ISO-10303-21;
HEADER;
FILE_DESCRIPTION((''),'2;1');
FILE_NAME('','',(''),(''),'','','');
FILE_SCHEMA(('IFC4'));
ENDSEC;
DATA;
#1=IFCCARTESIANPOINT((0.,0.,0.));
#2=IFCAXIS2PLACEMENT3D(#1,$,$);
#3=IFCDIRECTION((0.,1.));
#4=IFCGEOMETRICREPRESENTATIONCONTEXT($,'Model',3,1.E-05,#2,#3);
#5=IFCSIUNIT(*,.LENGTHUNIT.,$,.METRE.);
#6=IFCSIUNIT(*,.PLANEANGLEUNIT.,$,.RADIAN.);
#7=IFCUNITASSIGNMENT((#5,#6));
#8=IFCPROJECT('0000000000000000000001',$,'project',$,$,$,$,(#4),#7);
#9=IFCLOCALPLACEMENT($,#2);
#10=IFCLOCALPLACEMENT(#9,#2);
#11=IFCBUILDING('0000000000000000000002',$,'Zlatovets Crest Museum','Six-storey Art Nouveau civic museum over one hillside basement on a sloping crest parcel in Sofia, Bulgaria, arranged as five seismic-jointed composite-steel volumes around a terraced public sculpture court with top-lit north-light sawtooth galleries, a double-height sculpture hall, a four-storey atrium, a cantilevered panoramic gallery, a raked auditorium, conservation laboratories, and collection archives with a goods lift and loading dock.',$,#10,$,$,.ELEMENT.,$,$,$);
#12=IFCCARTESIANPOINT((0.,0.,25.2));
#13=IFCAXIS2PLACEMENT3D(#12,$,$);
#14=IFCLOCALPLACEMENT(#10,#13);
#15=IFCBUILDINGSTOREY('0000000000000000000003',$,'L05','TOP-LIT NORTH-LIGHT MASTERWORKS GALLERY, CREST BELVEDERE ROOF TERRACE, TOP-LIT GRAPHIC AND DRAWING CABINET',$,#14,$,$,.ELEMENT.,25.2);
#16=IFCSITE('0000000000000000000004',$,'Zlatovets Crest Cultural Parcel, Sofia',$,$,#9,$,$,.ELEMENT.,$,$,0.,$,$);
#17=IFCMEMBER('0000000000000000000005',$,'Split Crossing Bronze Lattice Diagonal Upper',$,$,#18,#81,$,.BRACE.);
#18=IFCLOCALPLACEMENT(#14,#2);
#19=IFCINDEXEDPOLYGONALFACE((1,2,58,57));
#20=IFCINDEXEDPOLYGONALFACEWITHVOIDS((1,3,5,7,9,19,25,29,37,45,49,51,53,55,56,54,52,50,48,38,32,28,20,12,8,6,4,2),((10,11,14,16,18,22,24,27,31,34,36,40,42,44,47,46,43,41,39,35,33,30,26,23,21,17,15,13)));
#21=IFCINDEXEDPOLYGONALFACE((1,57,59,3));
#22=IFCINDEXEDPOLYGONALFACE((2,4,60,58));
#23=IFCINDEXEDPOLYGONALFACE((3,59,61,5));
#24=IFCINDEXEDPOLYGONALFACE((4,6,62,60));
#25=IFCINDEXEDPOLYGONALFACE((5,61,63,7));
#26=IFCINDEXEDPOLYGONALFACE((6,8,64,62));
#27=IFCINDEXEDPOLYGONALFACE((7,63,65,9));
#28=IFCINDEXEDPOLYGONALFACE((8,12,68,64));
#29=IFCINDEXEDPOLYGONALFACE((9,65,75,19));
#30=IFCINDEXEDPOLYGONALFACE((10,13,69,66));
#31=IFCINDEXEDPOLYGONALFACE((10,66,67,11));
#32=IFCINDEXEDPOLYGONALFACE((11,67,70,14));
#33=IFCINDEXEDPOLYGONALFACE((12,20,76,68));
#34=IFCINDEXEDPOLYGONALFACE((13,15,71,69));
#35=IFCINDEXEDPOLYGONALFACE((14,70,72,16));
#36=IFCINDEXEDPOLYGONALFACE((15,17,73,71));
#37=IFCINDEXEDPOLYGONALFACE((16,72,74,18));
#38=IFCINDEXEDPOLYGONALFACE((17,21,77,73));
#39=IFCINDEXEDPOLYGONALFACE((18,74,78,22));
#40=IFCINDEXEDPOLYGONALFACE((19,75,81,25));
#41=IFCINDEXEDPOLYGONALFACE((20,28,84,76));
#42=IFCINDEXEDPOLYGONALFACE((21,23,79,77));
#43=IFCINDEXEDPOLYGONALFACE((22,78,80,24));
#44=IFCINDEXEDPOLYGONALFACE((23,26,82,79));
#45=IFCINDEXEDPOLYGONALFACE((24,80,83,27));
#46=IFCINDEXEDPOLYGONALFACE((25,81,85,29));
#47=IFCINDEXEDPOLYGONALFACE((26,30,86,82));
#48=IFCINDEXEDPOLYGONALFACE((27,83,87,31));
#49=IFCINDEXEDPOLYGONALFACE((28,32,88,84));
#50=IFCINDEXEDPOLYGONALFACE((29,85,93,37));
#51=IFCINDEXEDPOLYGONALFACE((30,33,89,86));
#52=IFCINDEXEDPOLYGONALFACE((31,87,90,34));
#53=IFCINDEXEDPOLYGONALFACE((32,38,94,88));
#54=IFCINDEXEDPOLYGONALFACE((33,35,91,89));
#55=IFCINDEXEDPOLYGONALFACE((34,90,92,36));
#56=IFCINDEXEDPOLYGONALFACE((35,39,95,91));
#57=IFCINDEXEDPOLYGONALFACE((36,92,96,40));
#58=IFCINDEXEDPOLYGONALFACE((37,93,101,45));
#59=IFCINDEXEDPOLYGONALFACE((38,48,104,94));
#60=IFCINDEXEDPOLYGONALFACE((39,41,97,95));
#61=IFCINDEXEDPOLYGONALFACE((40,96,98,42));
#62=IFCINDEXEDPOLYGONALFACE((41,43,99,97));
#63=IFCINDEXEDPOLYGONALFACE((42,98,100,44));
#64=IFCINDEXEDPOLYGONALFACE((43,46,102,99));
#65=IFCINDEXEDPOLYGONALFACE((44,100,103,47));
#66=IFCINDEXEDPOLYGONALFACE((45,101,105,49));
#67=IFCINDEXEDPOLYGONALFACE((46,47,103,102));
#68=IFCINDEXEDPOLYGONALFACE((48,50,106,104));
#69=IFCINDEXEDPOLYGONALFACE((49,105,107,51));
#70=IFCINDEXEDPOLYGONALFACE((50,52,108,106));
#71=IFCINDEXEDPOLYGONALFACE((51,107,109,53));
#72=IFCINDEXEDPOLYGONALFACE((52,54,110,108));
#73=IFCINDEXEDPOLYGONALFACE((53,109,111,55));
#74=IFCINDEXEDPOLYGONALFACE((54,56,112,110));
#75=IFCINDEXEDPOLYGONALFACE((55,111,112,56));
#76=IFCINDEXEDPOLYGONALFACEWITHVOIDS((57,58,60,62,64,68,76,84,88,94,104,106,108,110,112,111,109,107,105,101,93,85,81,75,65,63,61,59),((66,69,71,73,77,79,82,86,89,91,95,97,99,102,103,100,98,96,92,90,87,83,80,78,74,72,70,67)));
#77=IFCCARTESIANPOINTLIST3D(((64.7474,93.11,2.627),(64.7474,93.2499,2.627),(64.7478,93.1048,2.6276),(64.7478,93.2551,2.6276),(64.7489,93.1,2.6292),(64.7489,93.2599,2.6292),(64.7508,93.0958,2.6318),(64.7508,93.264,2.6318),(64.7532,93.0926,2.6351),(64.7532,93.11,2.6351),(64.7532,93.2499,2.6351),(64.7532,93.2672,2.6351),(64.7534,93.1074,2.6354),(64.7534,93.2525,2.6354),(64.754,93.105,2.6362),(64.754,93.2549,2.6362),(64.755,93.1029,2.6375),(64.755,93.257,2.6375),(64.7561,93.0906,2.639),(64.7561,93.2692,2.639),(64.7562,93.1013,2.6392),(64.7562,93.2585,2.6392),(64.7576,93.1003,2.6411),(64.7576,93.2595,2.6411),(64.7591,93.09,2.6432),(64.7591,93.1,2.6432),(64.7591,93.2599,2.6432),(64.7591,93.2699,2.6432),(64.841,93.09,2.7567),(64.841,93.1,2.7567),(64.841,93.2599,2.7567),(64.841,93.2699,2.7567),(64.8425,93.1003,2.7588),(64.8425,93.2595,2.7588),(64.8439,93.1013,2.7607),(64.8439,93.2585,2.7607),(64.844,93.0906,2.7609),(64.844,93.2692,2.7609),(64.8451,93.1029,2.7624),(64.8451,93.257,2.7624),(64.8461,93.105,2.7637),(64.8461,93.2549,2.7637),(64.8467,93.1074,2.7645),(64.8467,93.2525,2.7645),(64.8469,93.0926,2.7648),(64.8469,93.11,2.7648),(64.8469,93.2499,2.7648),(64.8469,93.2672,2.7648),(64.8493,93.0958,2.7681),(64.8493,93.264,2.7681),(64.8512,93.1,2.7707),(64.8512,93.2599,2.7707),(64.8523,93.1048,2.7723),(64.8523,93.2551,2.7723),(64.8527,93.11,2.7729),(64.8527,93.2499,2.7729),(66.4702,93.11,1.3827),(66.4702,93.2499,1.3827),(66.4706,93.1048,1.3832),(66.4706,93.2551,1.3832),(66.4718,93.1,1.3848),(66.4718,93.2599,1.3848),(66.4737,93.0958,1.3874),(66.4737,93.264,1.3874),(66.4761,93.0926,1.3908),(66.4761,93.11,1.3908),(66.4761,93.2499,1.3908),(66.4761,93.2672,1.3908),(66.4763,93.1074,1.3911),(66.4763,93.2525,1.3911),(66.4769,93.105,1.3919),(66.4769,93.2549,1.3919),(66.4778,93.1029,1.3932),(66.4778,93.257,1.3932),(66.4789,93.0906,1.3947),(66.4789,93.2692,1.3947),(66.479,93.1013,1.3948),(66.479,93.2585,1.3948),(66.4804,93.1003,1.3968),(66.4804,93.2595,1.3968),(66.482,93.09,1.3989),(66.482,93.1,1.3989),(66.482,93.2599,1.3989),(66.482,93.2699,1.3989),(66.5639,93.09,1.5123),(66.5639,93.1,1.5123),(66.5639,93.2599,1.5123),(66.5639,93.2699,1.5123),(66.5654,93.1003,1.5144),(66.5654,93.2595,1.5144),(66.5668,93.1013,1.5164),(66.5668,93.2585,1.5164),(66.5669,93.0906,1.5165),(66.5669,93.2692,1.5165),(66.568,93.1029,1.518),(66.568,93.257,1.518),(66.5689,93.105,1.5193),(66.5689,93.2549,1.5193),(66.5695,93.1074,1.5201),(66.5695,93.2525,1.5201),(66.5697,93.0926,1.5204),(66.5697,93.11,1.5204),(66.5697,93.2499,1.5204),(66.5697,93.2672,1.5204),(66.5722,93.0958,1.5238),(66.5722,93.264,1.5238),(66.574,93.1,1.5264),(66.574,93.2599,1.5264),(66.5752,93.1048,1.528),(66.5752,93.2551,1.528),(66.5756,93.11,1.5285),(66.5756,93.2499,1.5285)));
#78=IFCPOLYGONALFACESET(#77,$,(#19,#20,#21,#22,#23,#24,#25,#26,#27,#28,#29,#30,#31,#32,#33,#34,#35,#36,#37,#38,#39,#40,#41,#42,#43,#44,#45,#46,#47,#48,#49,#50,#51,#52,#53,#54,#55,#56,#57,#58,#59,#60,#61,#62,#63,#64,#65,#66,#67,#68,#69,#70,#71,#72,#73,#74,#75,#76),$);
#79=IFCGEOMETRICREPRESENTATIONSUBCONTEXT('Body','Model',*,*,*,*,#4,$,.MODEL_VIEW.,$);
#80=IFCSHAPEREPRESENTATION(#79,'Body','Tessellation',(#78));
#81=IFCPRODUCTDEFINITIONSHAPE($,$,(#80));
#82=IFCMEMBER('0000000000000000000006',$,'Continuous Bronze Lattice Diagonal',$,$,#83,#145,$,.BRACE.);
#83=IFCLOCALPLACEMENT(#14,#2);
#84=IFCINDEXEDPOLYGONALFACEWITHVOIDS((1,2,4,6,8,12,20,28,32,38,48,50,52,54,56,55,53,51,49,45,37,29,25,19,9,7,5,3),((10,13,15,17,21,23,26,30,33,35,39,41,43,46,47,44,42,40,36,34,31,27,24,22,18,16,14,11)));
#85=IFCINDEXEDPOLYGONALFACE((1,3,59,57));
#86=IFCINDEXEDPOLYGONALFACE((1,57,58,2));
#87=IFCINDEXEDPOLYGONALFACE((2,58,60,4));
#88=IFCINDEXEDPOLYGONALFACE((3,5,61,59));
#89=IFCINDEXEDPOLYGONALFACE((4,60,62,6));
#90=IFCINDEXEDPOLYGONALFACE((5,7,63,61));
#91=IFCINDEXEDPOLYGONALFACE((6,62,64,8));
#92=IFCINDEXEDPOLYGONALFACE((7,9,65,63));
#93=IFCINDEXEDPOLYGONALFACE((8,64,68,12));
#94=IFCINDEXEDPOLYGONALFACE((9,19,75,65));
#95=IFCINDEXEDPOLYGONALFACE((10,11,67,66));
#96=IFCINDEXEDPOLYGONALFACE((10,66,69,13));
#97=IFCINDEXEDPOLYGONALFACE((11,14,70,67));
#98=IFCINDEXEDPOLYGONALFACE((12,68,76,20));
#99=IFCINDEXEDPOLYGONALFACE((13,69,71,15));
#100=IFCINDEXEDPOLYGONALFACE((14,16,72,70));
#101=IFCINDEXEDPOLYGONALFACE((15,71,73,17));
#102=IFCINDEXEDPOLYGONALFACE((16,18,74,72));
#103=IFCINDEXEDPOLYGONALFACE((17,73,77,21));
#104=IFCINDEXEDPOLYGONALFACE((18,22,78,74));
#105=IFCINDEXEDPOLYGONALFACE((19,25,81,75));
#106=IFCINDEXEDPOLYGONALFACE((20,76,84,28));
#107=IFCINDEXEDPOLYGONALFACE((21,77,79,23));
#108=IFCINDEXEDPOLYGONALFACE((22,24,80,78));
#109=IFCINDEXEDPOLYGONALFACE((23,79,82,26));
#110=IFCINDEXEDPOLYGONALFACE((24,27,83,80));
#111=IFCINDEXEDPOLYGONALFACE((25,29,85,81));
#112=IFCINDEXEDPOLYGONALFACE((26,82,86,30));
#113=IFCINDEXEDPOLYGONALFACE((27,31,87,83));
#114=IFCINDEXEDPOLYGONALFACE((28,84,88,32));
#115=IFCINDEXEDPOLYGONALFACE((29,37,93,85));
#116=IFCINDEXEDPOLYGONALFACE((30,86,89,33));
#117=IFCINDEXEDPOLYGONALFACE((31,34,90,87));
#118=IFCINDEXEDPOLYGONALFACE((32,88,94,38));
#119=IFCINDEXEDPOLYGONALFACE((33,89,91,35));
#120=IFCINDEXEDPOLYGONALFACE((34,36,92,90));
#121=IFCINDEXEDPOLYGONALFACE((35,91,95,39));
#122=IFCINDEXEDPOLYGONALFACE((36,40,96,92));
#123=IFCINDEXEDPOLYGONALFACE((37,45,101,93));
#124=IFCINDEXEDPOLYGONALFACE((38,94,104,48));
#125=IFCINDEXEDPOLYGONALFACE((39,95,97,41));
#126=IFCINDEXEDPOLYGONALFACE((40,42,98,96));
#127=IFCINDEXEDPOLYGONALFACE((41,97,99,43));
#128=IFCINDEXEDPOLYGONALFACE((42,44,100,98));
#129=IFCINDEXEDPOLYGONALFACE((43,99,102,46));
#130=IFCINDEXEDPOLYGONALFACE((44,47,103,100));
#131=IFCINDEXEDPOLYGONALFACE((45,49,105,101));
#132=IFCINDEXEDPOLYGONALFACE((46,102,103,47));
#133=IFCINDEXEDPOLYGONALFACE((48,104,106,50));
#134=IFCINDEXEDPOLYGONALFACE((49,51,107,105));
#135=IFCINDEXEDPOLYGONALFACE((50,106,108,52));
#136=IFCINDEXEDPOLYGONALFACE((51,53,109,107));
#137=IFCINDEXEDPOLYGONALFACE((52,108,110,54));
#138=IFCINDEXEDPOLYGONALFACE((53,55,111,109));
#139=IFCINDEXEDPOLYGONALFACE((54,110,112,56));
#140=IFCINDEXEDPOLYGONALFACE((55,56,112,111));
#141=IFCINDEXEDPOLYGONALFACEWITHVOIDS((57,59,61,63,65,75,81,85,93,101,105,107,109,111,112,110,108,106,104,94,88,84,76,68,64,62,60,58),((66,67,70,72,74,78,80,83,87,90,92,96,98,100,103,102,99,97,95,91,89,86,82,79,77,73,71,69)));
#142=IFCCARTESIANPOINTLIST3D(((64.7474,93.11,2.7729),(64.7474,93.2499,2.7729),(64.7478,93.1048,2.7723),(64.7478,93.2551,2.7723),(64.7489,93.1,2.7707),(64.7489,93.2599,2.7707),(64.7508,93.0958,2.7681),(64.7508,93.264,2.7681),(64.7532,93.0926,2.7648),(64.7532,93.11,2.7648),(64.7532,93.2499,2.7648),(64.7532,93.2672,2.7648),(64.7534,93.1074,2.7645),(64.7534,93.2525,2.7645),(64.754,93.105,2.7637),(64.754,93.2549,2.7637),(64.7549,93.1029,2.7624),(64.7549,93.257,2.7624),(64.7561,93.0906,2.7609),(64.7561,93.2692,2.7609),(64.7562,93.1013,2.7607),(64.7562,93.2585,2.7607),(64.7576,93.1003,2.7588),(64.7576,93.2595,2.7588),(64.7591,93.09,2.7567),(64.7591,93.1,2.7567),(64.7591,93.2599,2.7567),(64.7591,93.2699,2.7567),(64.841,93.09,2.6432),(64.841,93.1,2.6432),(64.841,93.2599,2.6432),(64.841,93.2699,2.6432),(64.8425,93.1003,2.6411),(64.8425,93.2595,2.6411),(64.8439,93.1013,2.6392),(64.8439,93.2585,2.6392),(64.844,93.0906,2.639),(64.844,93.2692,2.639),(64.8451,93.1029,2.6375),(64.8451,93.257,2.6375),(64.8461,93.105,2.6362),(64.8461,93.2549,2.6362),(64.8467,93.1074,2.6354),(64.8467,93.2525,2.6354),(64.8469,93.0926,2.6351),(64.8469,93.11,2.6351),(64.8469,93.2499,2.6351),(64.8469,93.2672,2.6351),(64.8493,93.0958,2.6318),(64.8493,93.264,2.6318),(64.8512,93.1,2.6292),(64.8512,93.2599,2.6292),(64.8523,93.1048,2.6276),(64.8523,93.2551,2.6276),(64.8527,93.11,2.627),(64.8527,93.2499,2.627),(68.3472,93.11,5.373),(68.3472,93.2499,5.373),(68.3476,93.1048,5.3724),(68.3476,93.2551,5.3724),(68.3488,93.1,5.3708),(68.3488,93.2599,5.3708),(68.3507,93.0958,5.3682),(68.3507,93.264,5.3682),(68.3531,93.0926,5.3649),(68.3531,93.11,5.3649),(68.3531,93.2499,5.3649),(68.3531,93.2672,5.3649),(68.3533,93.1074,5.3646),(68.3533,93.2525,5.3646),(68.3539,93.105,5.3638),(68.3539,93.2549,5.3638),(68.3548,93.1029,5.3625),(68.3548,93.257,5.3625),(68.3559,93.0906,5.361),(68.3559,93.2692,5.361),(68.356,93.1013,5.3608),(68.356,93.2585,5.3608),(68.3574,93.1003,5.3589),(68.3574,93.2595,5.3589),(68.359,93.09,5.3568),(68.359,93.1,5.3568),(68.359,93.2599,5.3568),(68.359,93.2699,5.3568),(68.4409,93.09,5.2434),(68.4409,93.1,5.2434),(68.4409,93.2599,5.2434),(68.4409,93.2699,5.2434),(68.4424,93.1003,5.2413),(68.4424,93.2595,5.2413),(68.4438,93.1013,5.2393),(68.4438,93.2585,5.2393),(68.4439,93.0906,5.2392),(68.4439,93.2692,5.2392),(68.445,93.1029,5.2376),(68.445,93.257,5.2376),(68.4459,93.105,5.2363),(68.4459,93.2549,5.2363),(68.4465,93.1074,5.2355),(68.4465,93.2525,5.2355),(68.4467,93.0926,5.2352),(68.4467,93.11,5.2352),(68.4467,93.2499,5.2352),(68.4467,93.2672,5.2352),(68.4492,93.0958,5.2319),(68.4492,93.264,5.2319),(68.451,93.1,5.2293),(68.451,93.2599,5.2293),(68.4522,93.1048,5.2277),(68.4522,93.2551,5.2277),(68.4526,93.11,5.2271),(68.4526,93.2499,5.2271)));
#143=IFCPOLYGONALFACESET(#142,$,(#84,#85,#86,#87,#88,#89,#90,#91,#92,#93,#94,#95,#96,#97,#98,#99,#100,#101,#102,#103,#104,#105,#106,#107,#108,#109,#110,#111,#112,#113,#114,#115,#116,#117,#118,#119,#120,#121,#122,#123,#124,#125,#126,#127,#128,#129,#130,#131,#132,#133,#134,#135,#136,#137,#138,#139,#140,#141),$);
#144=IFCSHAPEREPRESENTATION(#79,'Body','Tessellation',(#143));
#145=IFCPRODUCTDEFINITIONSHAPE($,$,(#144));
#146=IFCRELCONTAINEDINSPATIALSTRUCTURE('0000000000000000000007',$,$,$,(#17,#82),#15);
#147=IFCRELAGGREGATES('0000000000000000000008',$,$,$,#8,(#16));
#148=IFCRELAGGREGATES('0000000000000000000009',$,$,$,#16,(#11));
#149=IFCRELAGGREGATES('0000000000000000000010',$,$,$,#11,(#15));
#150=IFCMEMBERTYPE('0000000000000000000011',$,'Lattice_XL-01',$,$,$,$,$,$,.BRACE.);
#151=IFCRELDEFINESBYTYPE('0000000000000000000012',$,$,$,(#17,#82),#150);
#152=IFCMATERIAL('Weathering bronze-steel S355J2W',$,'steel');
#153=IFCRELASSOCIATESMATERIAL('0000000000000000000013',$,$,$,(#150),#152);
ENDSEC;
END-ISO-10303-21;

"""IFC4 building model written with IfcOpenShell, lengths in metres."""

from ifc_helpers import new_model, si_unit, direction, frame, origin, origin_2d, place, context, subcontext, project, spatial, hollow_rectangle, extrude, material, material_profile, profile_set, type_object, element, save


model = new_model("IFC4")

# Units and contexts
model_context = context("Model", 3, precision=1e-05, world=origin(), true_north=direction((0.0, 1.0)))
body_context = subcontext(model_context, "Body", "Model", "MODEL_VIEW")
ifc_project = project(units=[si_unit("LENGTHUNIT", "METRE"), si_unit("PLANEANGLEUNIT", "RADIAN")], contexts=[model_context])

# Site, building, storey
site_placement = place(None, origin())
site = spatial("IfcSite", under=ifc_project, at=site_placement, Name="Zlatovets Crest Cultural Parcel, Sofia", CompositionType="ELEMENT", RefElevation=0.0)
building_placement = place(site_placement, origin())
building = spatial("IfcBuilding", under=site, at=building_placement, Name="Zlatovets Crest Museum", Description="Six-storey Art Nouveau civic museum over one hillside basement on a sloping crest parcel in Sofia, Bulgaria, arranged as five seismic-jointed composite-steel volumes around a terraced public sculpture court with top-lit north-light sawtooth galleries, a double-height sculpture hall, a four-storey atrium, a cantilevered panoramic gallery, a raked auditorium, conservation laboratories, and collection archives with a goods lift and loading dock.", CompositionType="ELEMENT")
storey_placement = place(building_placement, frame((0.0, 0.0, 25.2)))
storey = spatial("IfcBuildingStorey", under=building, at=storey_placement, Name="L05", Description="TOP-LIT NORTH-LIGHT MASTERWORKS GALLERY, CREST BELVEDERE ROOF TERRACE, TOP-LIT GRAPHIC AND DRAWING CABINET", CompositionType="ELEMENT", Elevation=25.2)

# Members
ifc_material_1 = material(Name="Weathering bronze-steel S355J2W", Category="steel")
ifc_material_profile_1 = material_profile(ifc_material_1, hollow_rectangle(XDim=0.1799, YDim=0.1799, WallThickness=0.01, InnerFilletRadius=0.01, OuterFilletRadius=0.02, at=origin_2d()), Name="SHS 180x180x10.0")
ifc_profile_set_1 = profile_set([ifc_material_profile_1], Name="Weathering bronze-steel S355J2W")
member_type_1 = type_object("IfcMemberType", Name="Lattice_XL-01", PredefinedType="BRACE", material=ifc_profile_set_1)
member_1_placement = place(storey_placement, frame((64.8, 93.1799, 2.7), z_axis=(0.810664, 0.0, -0.585512), x_axis=(0.0, 1.0, 0.0)))
element("IfcMember", 1, at=member_1_placement, inside=storey, type_object=member_type_1, Name="Split Crossing Bronze Lattice Diagonal Upper", PredefinedType="BRACE", context=body_context, shape_type="SweptSolid", body=[
    extrude(hollow_rectangle(XDim=0.1799, YDim=0.1799, WallThickness=0.01, InnerFilletRadius=0.01, OuterFilletRadius=0.02, at=origin_2d()), origin(), (0.0, 0.0, 1.0), 2.1252),
])
member_2_placement = place(storey_placement, frame((64.8, 93.1799, 2.7), z_axis=(0.810657, 0.0, 0.585521), x_axis=(0.0, 1.0, 0.0)))
element("IfcMember", 2, at=member_2_placement, inside=storey, type_object=member_type_1, Name="Continuous Bronze Lattice Diagonal", PredefinedType="BRACE", context=body_context, shape_type="SweptSolid", body=[
    extrude(hollow_rectangle(XDim=0.1799, YDim=0.1799, WallThickness=0.01, InnerFilletRadius=0.01, OuterFilletRadius=0.02, at=origin_2d()), origin(), (0.0, 0.0, 1.0), 4.4407),
])

save(model, "model.ifc")
